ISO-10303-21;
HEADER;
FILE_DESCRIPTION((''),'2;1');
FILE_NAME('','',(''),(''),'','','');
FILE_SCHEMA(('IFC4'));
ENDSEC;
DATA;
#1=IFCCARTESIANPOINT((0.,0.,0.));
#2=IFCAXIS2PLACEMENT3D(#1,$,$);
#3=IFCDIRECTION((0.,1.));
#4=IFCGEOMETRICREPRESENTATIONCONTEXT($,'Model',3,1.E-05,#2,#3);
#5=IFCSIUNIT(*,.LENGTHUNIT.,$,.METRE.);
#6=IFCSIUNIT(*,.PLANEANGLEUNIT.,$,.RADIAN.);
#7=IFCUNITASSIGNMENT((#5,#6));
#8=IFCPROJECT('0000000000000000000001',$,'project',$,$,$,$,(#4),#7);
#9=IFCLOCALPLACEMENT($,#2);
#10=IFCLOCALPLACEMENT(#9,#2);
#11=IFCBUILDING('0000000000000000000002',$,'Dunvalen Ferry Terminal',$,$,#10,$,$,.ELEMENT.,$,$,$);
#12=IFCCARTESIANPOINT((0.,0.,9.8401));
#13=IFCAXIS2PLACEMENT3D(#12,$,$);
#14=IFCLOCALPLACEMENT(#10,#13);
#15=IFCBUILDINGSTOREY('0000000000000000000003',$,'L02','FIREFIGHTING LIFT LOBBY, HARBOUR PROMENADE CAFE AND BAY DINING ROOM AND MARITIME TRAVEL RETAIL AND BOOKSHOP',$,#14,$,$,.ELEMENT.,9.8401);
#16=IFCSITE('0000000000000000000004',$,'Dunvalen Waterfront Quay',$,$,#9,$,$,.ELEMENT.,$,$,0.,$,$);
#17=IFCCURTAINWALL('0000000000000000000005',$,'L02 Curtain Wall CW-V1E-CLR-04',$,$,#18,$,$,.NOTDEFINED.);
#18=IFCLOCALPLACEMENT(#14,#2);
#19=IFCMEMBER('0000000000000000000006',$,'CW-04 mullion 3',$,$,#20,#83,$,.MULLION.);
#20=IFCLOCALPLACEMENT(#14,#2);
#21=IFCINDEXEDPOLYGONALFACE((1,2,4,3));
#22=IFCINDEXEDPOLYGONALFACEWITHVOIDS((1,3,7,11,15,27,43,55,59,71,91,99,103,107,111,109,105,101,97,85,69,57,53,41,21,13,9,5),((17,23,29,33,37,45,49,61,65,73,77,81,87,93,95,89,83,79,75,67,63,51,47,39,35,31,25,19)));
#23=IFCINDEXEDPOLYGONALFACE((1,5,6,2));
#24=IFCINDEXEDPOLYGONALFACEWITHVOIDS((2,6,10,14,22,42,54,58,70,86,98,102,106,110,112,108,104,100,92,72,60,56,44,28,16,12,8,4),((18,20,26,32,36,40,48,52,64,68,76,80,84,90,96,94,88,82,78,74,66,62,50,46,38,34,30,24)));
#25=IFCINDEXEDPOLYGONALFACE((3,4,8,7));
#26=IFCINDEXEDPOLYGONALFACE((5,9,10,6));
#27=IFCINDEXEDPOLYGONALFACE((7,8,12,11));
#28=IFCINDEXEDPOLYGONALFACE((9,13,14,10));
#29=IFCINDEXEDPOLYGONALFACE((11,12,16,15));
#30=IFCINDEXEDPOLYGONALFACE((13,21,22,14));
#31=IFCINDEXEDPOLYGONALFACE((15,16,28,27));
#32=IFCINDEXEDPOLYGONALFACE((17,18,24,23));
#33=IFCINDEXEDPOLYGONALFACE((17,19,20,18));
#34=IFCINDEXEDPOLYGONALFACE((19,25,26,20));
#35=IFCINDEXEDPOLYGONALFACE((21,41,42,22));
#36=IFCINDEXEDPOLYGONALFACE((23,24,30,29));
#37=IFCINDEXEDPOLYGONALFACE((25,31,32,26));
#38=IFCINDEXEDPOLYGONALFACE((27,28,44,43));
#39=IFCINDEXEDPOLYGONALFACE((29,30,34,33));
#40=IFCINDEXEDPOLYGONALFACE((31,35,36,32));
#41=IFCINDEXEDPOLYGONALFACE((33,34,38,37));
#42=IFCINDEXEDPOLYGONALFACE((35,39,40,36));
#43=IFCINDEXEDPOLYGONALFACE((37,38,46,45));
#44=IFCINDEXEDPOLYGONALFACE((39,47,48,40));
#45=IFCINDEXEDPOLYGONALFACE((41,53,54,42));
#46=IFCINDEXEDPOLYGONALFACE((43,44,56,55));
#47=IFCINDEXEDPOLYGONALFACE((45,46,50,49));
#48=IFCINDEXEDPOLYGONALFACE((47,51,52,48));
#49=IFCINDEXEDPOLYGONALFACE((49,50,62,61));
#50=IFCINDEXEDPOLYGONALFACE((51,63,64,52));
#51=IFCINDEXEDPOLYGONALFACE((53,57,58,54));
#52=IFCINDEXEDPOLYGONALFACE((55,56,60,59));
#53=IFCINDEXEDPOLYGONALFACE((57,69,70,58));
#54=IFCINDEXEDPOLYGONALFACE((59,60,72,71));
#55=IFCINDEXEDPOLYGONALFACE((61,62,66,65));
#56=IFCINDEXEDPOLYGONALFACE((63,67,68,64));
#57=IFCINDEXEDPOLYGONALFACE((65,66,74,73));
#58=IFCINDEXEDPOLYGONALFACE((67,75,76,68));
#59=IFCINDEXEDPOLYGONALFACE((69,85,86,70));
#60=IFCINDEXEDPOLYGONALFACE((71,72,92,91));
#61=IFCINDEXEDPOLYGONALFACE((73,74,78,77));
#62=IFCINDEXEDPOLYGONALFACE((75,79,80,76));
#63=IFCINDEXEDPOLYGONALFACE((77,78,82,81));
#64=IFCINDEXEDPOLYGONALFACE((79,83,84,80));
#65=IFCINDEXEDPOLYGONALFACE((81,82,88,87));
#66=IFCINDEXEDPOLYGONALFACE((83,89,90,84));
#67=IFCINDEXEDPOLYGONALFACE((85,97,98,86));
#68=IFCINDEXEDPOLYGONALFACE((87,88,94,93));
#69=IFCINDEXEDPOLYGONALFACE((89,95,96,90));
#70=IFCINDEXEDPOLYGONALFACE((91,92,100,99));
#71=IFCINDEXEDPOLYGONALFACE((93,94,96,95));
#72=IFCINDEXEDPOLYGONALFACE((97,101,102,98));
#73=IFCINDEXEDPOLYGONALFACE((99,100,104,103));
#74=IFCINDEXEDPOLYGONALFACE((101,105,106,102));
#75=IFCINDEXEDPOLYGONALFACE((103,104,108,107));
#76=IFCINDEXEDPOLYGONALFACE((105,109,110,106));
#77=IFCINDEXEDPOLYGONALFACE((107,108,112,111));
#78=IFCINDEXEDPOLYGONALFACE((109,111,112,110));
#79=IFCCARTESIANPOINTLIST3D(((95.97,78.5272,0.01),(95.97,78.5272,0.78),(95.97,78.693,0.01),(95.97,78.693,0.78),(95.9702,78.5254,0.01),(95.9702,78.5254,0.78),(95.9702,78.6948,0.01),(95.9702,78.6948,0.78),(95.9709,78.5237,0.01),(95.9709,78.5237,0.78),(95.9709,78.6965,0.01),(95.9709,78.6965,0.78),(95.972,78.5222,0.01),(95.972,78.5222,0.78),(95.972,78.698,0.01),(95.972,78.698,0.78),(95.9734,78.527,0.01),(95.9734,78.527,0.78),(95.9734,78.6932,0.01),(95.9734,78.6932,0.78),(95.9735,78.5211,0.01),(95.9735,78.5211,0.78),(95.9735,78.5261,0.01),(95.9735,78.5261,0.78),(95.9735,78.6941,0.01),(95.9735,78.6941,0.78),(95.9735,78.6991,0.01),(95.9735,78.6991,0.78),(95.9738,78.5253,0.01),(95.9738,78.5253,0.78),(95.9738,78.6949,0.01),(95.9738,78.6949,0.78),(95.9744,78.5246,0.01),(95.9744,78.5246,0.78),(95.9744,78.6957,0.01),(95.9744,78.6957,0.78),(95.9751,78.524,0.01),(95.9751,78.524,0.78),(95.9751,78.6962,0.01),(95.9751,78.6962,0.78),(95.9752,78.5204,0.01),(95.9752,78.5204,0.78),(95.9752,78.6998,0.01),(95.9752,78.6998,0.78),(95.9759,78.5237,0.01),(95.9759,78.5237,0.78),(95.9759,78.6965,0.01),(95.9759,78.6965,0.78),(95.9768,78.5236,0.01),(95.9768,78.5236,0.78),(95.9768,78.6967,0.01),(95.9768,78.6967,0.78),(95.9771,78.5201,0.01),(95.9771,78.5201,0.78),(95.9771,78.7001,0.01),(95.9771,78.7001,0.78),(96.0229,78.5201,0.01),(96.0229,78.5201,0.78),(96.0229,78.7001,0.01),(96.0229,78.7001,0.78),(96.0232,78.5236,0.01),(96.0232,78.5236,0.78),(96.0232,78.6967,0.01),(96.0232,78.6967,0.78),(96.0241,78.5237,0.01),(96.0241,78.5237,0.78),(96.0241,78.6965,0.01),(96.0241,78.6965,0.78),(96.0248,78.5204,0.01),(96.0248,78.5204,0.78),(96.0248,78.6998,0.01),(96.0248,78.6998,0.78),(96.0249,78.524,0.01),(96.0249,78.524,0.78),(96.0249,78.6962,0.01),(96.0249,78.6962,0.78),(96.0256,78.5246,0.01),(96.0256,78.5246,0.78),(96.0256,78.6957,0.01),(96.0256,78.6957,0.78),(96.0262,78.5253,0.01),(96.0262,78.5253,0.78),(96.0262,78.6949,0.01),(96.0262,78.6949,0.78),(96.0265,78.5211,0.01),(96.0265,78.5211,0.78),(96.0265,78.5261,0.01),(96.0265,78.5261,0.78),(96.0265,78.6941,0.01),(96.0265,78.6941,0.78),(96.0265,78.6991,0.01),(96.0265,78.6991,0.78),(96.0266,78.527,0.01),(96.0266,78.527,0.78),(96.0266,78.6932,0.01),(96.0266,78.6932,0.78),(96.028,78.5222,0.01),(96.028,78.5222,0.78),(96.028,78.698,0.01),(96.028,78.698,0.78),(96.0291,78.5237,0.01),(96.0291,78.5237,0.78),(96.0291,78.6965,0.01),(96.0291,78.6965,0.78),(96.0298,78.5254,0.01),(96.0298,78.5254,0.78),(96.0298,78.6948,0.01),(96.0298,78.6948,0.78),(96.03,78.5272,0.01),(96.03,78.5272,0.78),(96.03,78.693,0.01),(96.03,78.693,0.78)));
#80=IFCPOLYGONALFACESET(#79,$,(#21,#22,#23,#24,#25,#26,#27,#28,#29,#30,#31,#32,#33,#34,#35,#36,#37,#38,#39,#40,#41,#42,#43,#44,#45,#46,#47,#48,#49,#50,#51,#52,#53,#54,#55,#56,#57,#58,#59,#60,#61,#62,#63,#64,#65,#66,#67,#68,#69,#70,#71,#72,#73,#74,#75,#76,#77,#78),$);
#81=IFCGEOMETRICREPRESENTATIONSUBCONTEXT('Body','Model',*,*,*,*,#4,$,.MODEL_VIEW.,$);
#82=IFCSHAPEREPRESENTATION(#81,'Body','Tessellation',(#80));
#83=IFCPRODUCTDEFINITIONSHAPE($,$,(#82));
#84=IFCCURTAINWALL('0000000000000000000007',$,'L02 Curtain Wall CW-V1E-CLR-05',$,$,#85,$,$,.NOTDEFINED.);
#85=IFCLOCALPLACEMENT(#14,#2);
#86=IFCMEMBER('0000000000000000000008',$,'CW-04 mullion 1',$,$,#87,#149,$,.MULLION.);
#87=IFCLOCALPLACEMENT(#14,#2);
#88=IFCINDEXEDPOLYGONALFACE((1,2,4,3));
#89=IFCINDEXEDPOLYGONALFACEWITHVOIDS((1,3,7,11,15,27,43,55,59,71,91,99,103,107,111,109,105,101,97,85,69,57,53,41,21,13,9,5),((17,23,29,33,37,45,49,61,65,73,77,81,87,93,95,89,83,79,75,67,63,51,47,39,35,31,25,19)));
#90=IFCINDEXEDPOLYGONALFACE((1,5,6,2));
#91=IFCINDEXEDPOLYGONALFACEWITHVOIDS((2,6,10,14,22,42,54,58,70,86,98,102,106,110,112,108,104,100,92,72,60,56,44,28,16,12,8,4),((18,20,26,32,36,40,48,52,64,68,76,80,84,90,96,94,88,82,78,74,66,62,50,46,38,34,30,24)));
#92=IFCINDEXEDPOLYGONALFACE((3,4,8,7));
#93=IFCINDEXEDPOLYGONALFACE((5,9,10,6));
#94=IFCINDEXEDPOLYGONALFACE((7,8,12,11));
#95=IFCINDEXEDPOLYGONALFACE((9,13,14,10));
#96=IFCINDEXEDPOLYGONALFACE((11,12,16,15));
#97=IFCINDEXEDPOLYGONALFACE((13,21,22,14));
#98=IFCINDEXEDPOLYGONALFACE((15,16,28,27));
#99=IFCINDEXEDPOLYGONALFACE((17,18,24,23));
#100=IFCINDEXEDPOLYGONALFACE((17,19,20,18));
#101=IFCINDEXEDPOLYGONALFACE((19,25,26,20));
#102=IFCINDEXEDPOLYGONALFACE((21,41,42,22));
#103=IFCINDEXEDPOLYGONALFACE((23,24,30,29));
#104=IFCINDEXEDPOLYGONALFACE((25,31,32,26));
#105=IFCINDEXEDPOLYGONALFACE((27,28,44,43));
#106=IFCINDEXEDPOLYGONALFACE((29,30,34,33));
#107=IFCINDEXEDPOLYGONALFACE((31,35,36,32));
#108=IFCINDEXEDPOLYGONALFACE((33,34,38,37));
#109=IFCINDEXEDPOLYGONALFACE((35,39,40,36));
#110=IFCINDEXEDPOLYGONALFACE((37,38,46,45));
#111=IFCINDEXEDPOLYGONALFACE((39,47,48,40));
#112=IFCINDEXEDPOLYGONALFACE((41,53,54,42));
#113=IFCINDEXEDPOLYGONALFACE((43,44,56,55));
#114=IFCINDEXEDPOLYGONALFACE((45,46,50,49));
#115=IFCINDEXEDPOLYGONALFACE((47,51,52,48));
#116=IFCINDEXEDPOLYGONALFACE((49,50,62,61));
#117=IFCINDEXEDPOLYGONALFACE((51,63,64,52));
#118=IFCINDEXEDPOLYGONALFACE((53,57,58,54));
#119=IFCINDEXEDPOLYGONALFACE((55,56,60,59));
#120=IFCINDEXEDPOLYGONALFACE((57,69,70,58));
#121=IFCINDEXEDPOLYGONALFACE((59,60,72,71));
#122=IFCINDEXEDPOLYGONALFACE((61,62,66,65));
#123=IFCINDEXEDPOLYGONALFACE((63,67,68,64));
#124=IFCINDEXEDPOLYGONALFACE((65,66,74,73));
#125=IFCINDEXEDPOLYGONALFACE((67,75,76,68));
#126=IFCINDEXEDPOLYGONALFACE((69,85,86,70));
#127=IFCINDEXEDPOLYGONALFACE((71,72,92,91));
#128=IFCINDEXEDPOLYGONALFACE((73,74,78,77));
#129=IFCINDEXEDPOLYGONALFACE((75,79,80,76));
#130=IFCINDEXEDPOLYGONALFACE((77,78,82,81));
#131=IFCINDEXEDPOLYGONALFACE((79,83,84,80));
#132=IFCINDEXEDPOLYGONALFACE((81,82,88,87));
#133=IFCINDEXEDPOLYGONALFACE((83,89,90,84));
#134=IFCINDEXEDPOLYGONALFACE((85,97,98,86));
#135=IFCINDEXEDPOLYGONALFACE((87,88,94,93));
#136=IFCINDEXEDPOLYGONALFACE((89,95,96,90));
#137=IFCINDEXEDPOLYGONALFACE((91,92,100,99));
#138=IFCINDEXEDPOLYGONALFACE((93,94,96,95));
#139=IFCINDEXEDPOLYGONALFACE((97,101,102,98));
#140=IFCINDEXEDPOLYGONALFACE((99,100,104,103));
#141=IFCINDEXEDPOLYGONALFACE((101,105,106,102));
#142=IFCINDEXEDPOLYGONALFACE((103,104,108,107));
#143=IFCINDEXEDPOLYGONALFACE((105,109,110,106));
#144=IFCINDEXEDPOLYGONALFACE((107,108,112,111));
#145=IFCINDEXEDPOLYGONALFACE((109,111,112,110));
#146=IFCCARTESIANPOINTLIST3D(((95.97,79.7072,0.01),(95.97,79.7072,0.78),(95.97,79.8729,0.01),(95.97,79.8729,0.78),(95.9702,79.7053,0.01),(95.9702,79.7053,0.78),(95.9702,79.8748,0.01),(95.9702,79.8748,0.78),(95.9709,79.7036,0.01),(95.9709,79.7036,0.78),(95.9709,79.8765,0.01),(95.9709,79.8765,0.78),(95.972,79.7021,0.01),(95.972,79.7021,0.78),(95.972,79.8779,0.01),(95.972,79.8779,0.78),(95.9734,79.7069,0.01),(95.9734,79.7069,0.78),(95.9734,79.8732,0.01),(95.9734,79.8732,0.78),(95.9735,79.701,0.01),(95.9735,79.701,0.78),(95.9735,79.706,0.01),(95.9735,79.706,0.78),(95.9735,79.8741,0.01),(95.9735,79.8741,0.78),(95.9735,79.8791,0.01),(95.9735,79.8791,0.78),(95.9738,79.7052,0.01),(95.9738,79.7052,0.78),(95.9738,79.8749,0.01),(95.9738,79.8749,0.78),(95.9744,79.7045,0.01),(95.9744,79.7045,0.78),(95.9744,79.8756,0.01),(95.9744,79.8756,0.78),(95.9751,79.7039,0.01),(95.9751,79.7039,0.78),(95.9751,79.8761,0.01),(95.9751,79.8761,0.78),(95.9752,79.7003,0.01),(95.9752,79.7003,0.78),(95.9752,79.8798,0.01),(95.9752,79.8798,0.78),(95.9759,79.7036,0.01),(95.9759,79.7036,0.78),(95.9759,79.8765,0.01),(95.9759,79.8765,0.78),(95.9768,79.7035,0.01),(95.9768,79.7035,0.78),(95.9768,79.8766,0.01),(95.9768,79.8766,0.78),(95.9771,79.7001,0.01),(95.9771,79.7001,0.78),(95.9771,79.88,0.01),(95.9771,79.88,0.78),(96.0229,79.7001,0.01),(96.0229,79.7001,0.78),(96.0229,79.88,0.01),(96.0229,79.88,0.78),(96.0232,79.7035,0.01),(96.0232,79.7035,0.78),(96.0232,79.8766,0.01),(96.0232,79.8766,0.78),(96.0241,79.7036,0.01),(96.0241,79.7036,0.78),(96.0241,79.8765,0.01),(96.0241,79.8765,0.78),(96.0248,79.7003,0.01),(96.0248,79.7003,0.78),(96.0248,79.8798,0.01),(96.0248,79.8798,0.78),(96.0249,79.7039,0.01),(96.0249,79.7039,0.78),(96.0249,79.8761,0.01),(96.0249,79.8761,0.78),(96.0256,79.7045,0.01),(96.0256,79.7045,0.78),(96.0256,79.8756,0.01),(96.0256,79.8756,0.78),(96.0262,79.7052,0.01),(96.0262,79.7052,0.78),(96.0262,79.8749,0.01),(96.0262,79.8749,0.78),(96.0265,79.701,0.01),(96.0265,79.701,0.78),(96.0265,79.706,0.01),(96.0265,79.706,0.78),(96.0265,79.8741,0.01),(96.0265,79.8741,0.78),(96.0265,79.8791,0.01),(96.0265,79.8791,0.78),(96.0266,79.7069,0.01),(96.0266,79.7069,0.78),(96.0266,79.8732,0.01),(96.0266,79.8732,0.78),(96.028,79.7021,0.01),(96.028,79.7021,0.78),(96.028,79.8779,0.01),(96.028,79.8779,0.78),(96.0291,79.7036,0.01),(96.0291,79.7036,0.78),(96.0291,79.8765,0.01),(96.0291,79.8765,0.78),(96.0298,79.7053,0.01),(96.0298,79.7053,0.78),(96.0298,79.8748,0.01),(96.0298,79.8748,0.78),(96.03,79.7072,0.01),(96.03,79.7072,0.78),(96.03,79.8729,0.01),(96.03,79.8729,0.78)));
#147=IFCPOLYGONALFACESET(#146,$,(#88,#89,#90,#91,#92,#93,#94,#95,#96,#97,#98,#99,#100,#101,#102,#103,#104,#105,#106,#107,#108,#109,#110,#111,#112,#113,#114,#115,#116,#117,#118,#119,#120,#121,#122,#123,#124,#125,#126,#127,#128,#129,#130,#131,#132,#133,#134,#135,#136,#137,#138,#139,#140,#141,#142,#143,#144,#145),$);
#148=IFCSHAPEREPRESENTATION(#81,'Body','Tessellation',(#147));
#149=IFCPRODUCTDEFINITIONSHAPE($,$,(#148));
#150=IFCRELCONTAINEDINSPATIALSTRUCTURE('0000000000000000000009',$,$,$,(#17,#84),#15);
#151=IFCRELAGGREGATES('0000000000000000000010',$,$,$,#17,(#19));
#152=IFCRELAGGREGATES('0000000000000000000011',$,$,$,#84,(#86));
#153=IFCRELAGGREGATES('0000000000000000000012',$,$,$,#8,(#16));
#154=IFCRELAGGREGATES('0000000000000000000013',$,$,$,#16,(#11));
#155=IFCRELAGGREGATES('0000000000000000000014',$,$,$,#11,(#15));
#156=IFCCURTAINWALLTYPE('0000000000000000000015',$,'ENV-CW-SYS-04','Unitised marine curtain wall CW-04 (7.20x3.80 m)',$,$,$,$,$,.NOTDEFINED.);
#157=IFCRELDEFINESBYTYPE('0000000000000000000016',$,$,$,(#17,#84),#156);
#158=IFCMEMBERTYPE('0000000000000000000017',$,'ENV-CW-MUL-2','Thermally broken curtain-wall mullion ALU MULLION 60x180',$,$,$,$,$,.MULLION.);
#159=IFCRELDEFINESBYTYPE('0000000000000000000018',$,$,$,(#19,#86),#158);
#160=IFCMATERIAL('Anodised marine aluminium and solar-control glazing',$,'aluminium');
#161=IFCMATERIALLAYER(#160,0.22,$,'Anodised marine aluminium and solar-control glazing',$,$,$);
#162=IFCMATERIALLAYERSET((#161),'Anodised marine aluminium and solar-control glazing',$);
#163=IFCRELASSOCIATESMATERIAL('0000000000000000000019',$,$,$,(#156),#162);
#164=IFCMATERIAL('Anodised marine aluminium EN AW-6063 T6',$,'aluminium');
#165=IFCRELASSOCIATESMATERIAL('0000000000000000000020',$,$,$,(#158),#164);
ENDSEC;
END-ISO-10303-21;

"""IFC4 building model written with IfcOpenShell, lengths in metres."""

from ifc_helpers import new_model, si_unit, direction, frame, origin, origin_2d, place, context, subcontext, project, spatial, hollow_rectangle, extrude, material, layer, layer_set, material_profile, profile_set, type_object, element, aggregate, save


model = new_model("IFC4")

# Units and contexts
model_context = context("Model", 3, precision=1e-05, world=origin(), true_north=direction((0.0, 1.0)))
body_context = subcontext(model_context, "Body", "Model", "MODEL_VIEW")
ifc_project = project(units=[si_unit("LENGTHUNIT", "METRE"), si_unit("PLANEANGLEUNIT", "RADIAN")], contexts=[model_context])

# Site, building, storey
site_placement = place(None, origin())
site = spatial("IfcSite", under=ifc_project, at=site_placement, Name="Dunvalen Waterfront Quay", CompositionType="ELEMENT", RefElevation=0.0)
building_placement = place(site_placement, origin())
building = spatial("IfcBuilding", under=site, at=building_placement, Name="Dunvalen Ferry Terminal", CompositionType="ELEMENT")
storey_placement = place(building_placement, frame((0.0, 0.0, 9.8401)))
storey = spatial("IfcBuildingStorey", under=building, at=storey_placement, Name="L02", Description="FIREFIGHTING LIFT LOBBY, HARBOUR PROMENADE CAFE AND BAY DINING ROOM AND MARITIME TRAVEL RETAIL AND BOOKSHOP", CompositionType="ELEMENT", Elevation=9.8401)

# Curtain wall, member
ifc_material_1 = material(Name="Anodised marine aluminium and solar-control glazing", Category="aluminium")
ifc_layer_1 = layer(ifc_material_1, 0.22, Name="Anodised marine aluminium and solar-control glazing")
ifc_layer_set_1 = layer_set([ifc_layer_1], Name="Anodised marine aluminium and solar-control glazing")
curtain_wall_type = type_object("IfcCurtainWallType", Name="ENV-CW-SYS-04", Description="Unitised marine curtain wall CW-04 (7.20x3.80 m)", PredefinedType="NOTDEFINED", material=ifc_layer_set_1)
curtain_wall_1_placement = place(storey_placement, origin())
curtain_wall_1 = element("IfcCurtainWall", 1, at=curtain_wall_1_placement, inside=storey, type_object=curtain_wall_type, Name="L02 Curtain Wall CW-V1E-CLR-04", PredefinedType="NOTDEFINED")
ifc_material_2 = material(Name="Anodised marine aluminium EN AW-6063 T6", Category="aluminium")
ifc_material_profile_1 = material_profile(ifc_material_2, hollow_rectangle(XDim=0.0601, YDim=0.1799, WallThickness=0.0034, InnerFilletRadius=0.0034, OuterFilletRadius=0.0071, at=origin_2d()), Name="Anodised marine aluminium EN AW-6063 T6")
ifc_profile_set_1 = profile_set([ifc_material_profile_1], Name="Anodised marine aluminium EN AW-6063 T6")
member_type_1 = type_object("IfcMemberType", Name="ENV-CW-MUL-2", Description="Thermally broken curtain-wall mullion ALU MULLION 60x180", PredefinedType="MULLION", material=ifc_profile_set_1)
member_1_placement = place(storey_placement, frame((96.0, 78.6101, 0.01), z_axis=(0.0, 0.0, 1.0), x_axis=(-1.0, 0.0, 0.0)))
member_1 = element("IfcMember", 2, at=member_1_placement, type_object=member_type_1, Name="CW-04 mullion 3", PredefinedType="MULLION", context=body_context, shape_type="SweptSolid", body=[
    extrude(hollow_rectangle(XDim=0.0601, YDim=0.1799, WallThickness=0.0034, InnerFilletRadius=0.0034, OuterFilletRadius=0.0071, at=origin_2d()), origin(), (0.0, 0.0, 1.0), 0.77),
])
aggregate(curtain_wall_1, [member_1])

# Curtain wall, member
curtain_wall_2_placement = place(storey_placement, origin())
curtain_wall_2 = element("IfcCurtainWall", 3, at=curtain_wall_2_placement, inside=storey, type_object=curtain_wall_type, Name="L02 Curtain Wall CW-V1E-CLR-05", PredefinedType="NOTDEFINED")
member_2_placement = place(storey_placement, frame((96.0, 79.79, 0.01), z_axis=(0.0, 0.0, 1.0), x_axis=(-1.0, 0.0, 0.0)))
member_2 = element("IfcMember", 4, at=member_2_placement, type_object=member_type_1, Name="CW-04 mullion 1", PredefinedType="MULLION", context=body_context, shape_type="SweptSolid", body=[
    extrude(hollow_rectangle(XDim=0.0601, YDim=0.1799, WallThickness=0.0034, InnerFilletRadius=0.0034, OuterFilletRadius=0.0071, at=origin_2d()), origin(), (0.0, 0.0, 1.0), 0.77),
])

aggregate(curtain_wall_2, [member_2])

save(model, "model.ifc")
